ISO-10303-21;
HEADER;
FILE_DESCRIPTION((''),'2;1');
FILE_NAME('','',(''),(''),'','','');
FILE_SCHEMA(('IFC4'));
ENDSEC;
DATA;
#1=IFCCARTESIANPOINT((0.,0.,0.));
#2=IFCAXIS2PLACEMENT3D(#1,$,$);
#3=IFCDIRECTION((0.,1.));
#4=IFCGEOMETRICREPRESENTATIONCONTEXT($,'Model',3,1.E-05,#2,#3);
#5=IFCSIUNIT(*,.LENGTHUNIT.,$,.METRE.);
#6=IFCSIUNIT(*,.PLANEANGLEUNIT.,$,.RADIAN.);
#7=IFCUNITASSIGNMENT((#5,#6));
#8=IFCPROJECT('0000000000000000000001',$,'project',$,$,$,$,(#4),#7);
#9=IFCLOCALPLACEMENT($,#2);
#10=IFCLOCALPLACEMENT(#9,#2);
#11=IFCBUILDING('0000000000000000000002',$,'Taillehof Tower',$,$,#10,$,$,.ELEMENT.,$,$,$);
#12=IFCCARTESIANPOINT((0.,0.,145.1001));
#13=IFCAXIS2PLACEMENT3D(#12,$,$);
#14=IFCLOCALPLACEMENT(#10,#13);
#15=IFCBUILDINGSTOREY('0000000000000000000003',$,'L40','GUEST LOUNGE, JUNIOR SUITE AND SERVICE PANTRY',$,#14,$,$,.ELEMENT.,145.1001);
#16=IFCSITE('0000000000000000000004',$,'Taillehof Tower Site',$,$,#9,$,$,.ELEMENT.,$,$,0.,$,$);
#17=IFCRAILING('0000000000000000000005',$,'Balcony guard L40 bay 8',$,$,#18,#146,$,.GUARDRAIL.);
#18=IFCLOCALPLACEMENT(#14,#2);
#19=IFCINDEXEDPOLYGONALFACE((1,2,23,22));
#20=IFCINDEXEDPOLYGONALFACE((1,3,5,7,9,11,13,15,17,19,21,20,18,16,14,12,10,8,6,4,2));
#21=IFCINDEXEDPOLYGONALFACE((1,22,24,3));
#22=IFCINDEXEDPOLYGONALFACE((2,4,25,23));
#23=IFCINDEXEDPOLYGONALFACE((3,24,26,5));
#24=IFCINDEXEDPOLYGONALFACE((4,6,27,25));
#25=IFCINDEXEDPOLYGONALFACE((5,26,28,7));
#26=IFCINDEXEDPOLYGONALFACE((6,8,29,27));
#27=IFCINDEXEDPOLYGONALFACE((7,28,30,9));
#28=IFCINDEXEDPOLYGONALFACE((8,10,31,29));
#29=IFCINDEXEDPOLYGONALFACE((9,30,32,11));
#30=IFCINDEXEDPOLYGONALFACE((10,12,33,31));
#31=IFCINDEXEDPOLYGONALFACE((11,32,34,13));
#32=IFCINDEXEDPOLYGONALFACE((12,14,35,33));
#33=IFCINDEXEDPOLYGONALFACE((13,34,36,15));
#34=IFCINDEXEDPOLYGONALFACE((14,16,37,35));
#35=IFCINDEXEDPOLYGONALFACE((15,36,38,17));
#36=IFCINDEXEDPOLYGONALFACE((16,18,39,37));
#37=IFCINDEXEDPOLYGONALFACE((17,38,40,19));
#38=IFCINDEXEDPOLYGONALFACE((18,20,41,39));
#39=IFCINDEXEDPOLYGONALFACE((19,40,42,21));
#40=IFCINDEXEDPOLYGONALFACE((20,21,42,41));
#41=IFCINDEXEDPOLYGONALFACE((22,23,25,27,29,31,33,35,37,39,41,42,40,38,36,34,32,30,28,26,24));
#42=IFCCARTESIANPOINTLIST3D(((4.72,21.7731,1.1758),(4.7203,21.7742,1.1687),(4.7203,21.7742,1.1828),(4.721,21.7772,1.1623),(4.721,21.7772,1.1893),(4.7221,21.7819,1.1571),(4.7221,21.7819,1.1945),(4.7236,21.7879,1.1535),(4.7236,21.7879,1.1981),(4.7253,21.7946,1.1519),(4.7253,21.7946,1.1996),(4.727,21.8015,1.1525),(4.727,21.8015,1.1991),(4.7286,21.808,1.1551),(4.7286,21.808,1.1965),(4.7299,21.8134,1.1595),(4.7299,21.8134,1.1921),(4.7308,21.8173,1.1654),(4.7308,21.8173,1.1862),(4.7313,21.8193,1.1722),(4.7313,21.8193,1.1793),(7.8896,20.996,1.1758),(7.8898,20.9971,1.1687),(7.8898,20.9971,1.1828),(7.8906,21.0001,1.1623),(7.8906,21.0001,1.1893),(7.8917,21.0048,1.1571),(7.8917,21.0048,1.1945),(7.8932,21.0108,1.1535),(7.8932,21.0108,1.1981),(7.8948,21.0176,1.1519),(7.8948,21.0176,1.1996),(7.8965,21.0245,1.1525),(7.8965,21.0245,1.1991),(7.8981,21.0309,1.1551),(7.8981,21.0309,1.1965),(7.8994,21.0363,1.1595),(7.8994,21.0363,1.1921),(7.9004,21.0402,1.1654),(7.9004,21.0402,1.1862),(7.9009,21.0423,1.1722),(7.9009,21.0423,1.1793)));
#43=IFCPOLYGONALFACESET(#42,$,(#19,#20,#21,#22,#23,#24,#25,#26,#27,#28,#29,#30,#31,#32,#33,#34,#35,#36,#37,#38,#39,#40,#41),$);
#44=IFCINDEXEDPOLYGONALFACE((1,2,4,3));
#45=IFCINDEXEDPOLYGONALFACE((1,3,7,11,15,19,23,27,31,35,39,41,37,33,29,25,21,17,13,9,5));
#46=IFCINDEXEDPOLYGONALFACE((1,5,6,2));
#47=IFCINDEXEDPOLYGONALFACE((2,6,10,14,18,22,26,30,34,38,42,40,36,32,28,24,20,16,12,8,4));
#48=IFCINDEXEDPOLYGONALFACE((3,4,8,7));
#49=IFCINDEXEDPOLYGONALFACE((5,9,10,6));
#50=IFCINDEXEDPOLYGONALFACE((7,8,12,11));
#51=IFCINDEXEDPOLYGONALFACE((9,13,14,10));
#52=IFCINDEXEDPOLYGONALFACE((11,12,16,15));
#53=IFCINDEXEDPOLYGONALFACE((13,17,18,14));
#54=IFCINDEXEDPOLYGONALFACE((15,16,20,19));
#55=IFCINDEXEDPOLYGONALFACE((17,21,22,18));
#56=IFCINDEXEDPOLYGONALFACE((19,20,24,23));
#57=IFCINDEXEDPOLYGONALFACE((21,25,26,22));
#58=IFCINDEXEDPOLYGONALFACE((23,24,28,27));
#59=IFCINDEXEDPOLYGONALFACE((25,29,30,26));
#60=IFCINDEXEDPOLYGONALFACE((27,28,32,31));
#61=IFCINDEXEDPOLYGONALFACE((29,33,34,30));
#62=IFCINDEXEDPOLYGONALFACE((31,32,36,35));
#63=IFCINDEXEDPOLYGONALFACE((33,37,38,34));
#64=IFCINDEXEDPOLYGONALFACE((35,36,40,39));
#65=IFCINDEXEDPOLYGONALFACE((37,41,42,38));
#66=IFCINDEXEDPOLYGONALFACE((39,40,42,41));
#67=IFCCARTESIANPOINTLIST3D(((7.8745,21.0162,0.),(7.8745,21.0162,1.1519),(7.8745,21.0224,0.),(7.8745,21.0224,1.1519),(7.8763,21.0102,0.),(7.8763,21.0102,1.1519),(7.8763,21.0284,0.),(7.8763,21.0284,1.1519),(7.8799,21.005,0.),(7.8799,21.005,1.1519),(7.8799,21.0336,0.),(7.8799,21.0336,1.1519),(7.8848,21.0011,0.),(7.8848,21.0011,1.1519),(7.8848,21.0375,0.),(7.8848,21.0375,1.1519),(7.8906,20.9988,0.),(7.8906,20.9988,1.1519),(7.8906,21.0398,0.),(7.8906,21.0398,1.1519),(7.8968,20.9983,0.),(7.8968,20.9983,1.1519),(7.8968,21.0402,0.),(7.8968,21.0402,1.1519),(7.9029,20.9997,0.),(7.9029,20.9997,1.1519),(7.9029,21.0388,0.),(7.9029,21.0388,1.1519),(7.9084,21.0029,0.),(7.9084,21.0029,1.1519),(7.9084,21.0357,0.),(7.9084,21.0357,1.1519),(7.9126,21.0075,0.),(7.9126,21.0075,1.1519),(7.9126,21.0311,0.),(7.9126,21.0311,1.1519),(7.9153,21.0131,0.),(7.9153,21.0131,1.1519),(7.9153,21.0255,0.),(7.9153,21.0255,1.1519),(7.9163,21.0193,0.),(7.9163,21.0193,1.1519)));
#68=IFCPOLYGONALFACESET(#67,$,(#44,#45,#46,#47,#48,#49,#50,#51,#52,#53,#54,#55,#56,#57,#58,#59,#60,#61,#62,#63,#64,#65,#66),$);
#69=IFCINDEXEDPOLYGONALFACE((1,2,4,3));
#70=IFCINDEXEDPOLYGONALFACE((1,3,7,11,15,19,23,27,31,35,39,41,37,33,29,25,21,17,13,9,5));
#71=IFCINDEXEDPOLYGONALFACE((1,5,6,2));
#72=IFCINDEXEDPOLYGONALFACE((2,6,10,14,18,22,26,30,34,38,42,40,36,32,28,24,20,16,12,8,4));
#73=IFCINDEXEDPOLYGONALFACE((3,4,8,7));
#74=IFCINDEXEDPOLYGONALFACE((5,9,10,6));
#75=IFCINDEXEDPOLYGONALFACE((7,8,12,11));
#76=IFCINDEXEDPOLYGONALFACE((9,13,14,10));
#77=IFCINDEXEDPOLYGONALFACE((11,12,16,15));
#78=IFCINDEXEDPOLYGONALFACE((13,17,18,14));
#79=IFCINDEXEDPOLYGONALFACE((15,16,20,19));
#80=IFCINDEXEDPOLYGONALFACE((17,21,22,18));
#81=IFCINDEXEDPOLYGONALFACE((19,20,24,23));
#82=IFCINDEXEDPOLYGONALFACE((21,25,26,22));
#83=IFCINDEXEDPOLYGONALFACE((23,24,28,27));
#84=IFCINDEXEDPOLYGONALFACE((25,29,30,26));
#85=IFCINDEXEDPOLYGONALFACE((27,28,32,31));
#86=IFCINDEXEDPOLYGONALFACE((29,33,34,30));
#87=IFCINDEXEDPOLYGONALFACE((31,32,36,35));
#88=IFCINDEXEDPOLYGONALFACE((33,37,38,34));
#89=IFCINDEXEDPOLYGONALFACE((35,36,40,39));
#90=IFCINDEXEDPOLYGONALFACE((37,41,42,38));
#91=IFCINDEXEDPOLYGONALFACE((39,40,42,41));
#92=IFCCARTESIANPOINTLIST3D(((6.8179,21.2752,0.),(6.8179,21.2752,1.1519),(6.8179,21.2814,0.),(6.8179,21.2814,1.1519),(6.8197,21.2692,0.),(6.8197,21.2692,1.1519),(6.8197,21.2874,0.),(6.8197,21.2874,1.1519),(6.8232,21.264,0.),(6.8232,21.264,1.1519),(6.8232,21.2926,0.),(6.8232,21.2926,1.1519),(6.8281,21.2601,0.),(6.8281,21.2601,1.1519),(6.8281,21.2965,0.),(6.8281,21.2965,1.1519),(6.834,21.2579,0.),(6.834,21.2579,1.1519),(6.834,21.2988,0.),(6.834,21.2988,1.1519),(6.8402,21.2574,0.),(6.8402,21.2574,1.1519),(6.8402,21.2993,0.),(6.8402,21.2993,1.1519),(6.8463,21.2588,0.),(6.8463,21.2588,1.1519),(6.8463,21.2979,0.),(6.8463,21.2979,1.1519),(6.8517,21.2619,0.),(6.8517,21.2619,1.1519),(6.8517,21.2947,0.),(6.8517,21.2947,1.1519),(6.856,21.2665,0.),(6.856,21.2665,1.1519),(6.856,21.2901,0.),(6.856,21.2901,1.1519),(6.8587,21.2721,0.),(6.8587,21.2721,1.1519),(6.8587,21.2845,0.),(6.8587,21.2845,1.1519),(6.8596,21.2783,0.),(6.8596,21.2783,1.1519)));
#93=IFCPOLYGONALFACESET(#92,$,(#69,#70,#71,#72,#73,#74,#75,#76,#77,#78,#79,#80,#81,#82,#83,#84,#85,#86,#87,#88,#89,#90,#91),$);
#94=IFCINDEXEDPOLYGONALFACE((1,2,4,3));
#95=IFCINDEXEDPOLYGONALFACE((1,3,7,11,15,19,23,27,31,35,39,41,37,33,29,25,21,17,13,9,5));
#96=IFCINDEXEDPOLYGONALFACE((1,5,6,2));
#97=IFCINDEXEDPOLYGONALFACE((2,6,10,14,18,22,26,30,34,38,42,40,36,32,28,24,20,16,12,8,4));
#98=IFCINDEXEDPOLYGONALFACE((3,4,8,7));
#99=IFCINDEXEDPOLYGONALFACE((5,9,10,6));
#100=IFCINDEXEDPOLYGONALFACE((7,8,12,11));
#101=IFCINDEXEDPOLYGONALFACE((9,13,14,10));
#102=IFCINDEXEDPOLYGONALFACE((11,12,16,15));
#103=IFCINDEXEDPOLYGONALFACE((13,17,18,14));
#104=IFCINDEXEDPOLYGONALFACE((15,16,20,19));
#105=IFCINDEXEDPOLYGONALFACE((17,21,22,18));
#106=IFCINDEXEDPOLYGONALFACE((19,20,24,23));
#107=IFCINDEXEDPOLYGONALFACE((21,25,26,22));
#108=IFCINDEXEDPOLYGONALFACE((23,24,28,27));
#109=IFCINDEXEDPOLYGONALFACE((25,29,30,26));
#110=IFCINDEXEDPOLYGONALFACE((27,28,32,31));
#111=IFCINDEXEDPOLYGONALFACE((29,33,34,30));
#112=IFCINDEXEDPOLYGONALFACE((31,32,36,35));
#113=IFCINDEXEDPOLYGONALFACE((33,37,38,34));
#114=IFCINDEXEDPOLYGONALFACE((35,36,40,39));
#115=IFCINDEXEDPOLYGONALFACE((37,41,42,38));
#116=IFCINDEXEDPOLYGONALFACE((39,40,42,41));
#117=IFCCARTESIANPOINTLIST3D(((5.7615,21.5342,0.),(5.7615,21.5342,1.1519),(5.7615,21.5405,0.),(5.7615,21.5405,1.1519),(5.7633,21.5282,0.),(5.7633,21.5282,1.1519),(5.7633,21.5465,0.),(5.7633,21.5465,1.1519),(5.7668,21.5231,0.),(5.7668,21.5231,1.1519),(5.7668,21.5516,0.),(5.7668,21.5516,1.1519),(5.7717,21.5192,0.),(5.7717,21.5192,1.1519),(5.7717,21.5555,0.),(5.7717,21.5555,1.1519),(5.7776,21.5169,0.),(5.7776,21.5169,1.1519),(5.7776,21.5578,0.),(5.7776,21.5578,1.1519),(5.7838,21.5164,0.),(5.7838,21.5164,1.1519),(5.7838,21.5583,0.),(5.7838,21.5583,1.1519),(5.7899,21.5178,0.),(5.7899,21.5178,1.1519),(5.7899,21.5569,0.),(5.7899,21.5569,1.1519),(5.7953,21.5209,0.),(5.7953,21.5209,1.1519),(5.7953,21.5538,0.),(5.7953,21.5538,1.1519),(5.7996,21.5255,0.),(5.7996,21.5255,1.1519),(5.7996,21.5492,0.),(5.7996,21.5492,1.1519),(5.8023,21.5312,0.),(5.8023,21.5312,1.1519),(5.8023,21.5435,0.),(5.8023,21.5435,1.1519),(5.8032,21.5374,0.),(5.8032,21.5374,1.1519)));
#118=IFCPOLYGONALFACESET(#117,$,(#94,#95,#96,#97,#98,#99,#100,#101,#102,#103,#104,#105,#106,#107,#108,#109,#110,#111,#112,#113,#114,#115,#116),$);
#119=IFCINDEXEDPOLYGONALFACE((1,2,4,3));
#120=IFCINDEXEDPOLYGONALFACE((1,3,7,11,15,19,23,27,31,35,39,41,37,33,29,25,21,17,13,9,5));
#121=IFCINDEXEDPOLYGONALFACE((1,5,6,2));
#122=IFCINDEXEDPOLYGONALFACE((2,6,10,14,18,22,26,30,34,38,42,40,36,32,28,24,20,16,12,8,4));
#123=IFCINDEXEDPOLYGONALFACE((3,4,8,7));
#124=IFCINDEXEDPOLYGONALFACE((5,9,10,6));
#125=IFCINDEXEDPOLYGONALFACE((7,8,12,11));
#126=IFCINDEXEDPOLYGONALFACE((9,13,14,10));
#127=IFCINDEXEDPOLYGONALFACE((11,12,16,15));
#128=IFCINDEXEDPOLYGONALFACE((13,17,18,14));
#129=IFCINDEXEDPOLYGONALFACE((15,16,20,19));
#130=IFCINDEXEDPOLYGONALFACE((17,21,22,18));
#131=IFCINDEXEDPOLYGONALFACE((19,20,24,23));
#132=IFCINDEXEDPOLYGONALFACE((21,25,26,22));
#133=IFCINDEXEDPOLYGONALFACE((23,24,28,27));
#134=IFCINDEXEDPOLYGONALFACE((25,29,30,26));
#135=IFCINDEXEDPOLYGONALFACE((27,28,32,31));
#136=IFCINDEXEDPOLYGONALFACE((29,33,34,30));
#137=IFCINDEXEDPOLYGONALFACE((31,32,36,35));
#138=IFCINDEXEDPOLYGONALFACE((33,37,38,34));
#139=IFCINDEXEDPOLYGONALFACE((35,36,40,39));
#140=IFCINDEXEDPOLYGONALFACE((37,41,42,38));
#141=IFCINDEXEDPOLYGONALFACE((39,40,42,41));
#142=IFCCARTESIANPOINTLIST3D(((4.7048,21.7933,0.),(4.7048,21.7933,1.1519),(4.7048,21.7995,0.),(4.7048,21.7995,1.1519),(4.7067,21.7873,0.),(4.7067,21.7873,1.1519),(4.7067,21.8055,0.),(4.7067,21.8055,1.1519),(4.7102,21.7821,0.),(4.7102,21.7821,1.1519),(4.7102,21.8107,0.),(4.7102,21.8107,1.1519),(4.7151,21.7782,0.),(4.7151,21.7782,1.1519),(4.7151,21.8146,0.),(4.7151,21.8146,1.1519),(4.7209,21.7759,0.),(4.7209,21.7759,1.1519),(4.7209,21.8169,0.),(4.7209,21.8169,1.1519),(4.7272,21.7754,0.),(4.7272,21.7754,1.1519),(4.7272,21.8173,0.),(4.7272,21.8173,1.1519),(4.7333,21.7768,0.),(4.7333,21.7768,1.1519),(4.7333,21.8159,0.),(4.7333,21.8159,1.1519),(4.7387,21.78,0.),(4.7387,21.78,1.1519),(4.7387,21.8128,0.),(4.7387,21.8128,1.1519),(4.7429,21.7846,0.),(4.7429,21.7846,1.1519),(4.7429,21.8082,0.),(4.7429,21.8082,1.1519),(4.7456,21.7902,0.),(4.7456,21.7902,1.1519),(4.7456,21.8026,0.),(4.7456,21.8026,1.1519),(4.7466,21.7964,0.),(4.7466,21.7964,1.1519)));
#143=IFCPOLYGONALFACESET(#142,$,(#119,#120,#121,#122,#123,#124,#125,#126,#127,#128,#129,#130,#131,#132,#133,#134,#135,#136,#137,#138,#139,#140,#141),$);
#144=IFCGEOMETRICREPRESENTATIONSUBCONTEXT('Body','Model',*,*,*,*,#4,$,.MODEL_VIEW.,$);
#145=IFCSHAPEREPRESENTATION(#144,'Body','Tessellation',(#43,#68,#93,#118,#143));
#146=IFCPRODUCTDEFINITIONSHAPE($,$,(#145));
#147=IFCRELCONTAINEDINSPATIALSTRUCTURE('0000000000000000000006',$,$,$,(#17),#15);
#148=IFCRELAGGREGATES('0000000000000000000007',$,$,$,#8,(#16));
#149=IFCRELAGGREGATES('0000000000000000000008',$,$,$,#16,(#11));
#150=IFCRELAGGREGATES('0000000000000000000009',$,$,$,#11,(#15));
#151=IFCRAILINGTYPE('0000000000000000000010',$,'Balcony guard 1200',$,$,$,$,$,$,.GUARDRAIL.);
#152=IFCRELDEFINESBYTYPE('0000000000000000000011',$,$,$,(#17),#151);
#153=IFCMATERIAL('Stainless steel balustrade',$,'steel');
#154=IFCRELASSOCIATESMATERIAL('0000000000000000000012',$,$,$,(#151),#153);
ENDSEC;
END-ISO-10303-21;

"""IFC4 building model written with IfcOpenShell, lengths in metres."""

from ifc_helpers import new_model, si_unit, direction, frame, origin, origin_2d, place, context, subcontext, project, spatial, circle, extrude, material, type_object, element, save


model = new_model("IFC4")

# Units and contexts
model_context = context("Model", 3, precision=1e-05, world=origin(), true_north=direction((0.0, 1.0)))
body_context = subcontext(model_context, "Body", "Model", "MODEL_VIEW")
ifc_project = project(units=[si_unit("LENGTHUNIT", "METRE"), si_unit("PLANEANGLEUNIT", "RADIAN")], contexts=[model_context])

# Site, building, storey
site_placement = place(None, origin())
site = spatial("IfcSite", under=ifc_project, at=site_placement, Name="Taillehof Tower Site", CompositionType="ELEMENT", RefElevation=0.0)
building_placement = place(site_placement, origin())
building = spatial("IfcBuilding", under=site, at=building_placement, Name="Taillehof Tower", CompositionType="ELEMENT")
storey_placement = place(building_placement, frame((0.0, 0.0, 145.1001)))
storey = spatial("IfcBuildingStorey", under=building, at=storey_placement, Name="L40", Description="GUEST LOUNGE, JUNIOR SUITE AND SERVICE PANTRY", CompositionType="ELEMENT", Elevation=145.1001)

# Railing
ifc_material_1 = material(Name="Stainless steel balustrade", Category="steel")
railing_type = type_object("IfcRailingType", Name="Balcony guard 1200", PredefinedType="GUARDRAIL", material=ifc_material_1)
railing_placement = place(storey_placement, frame((7.8953, 21.0193, 0.0)))
element("IfcRailing", 1, at=railing_placement, inside=storey, type_object=railing_type, Name="Balcony guard L40 bay 8", PredefinedType="GUARDRAIL", context=body_context, shape_type="SweptSolid", body=[
    extrude(circle(Radius=0.0239, at=origin_2d()), frame((0.0, 0.0, 1.1758), z_axis=(-0.971237, 0.238115, 0.0), x_axis=(-0.238115, -0.971237, 0.0)), (0.0, 0.0, 1.0), 3.2634),
    extrude(circle(Radius=0.021, at=origin_2d()), origin(), (0.0, 0.0, 1.0), 1.1519),
    extrude(circle(Radius=0.021, at=origin_2d()), frame((-1.0566, 0.259, 0.0)), (0.0, 0.0, 1.0), 1.1519),
    extrude(circle(Radius=0.021, at=origin_2d()), frame((-2.113, 0.5181, 0.0)), (0.0, 0.0, 1.0), 1.1519),
    extrude(circle(Radius=0.021, at=origin_2d()), frame((-3.1697, 0.7771, 0.0)), (0.0, 0.0, 1.0), 1.1519),
])

save(model, "model.ifc")
